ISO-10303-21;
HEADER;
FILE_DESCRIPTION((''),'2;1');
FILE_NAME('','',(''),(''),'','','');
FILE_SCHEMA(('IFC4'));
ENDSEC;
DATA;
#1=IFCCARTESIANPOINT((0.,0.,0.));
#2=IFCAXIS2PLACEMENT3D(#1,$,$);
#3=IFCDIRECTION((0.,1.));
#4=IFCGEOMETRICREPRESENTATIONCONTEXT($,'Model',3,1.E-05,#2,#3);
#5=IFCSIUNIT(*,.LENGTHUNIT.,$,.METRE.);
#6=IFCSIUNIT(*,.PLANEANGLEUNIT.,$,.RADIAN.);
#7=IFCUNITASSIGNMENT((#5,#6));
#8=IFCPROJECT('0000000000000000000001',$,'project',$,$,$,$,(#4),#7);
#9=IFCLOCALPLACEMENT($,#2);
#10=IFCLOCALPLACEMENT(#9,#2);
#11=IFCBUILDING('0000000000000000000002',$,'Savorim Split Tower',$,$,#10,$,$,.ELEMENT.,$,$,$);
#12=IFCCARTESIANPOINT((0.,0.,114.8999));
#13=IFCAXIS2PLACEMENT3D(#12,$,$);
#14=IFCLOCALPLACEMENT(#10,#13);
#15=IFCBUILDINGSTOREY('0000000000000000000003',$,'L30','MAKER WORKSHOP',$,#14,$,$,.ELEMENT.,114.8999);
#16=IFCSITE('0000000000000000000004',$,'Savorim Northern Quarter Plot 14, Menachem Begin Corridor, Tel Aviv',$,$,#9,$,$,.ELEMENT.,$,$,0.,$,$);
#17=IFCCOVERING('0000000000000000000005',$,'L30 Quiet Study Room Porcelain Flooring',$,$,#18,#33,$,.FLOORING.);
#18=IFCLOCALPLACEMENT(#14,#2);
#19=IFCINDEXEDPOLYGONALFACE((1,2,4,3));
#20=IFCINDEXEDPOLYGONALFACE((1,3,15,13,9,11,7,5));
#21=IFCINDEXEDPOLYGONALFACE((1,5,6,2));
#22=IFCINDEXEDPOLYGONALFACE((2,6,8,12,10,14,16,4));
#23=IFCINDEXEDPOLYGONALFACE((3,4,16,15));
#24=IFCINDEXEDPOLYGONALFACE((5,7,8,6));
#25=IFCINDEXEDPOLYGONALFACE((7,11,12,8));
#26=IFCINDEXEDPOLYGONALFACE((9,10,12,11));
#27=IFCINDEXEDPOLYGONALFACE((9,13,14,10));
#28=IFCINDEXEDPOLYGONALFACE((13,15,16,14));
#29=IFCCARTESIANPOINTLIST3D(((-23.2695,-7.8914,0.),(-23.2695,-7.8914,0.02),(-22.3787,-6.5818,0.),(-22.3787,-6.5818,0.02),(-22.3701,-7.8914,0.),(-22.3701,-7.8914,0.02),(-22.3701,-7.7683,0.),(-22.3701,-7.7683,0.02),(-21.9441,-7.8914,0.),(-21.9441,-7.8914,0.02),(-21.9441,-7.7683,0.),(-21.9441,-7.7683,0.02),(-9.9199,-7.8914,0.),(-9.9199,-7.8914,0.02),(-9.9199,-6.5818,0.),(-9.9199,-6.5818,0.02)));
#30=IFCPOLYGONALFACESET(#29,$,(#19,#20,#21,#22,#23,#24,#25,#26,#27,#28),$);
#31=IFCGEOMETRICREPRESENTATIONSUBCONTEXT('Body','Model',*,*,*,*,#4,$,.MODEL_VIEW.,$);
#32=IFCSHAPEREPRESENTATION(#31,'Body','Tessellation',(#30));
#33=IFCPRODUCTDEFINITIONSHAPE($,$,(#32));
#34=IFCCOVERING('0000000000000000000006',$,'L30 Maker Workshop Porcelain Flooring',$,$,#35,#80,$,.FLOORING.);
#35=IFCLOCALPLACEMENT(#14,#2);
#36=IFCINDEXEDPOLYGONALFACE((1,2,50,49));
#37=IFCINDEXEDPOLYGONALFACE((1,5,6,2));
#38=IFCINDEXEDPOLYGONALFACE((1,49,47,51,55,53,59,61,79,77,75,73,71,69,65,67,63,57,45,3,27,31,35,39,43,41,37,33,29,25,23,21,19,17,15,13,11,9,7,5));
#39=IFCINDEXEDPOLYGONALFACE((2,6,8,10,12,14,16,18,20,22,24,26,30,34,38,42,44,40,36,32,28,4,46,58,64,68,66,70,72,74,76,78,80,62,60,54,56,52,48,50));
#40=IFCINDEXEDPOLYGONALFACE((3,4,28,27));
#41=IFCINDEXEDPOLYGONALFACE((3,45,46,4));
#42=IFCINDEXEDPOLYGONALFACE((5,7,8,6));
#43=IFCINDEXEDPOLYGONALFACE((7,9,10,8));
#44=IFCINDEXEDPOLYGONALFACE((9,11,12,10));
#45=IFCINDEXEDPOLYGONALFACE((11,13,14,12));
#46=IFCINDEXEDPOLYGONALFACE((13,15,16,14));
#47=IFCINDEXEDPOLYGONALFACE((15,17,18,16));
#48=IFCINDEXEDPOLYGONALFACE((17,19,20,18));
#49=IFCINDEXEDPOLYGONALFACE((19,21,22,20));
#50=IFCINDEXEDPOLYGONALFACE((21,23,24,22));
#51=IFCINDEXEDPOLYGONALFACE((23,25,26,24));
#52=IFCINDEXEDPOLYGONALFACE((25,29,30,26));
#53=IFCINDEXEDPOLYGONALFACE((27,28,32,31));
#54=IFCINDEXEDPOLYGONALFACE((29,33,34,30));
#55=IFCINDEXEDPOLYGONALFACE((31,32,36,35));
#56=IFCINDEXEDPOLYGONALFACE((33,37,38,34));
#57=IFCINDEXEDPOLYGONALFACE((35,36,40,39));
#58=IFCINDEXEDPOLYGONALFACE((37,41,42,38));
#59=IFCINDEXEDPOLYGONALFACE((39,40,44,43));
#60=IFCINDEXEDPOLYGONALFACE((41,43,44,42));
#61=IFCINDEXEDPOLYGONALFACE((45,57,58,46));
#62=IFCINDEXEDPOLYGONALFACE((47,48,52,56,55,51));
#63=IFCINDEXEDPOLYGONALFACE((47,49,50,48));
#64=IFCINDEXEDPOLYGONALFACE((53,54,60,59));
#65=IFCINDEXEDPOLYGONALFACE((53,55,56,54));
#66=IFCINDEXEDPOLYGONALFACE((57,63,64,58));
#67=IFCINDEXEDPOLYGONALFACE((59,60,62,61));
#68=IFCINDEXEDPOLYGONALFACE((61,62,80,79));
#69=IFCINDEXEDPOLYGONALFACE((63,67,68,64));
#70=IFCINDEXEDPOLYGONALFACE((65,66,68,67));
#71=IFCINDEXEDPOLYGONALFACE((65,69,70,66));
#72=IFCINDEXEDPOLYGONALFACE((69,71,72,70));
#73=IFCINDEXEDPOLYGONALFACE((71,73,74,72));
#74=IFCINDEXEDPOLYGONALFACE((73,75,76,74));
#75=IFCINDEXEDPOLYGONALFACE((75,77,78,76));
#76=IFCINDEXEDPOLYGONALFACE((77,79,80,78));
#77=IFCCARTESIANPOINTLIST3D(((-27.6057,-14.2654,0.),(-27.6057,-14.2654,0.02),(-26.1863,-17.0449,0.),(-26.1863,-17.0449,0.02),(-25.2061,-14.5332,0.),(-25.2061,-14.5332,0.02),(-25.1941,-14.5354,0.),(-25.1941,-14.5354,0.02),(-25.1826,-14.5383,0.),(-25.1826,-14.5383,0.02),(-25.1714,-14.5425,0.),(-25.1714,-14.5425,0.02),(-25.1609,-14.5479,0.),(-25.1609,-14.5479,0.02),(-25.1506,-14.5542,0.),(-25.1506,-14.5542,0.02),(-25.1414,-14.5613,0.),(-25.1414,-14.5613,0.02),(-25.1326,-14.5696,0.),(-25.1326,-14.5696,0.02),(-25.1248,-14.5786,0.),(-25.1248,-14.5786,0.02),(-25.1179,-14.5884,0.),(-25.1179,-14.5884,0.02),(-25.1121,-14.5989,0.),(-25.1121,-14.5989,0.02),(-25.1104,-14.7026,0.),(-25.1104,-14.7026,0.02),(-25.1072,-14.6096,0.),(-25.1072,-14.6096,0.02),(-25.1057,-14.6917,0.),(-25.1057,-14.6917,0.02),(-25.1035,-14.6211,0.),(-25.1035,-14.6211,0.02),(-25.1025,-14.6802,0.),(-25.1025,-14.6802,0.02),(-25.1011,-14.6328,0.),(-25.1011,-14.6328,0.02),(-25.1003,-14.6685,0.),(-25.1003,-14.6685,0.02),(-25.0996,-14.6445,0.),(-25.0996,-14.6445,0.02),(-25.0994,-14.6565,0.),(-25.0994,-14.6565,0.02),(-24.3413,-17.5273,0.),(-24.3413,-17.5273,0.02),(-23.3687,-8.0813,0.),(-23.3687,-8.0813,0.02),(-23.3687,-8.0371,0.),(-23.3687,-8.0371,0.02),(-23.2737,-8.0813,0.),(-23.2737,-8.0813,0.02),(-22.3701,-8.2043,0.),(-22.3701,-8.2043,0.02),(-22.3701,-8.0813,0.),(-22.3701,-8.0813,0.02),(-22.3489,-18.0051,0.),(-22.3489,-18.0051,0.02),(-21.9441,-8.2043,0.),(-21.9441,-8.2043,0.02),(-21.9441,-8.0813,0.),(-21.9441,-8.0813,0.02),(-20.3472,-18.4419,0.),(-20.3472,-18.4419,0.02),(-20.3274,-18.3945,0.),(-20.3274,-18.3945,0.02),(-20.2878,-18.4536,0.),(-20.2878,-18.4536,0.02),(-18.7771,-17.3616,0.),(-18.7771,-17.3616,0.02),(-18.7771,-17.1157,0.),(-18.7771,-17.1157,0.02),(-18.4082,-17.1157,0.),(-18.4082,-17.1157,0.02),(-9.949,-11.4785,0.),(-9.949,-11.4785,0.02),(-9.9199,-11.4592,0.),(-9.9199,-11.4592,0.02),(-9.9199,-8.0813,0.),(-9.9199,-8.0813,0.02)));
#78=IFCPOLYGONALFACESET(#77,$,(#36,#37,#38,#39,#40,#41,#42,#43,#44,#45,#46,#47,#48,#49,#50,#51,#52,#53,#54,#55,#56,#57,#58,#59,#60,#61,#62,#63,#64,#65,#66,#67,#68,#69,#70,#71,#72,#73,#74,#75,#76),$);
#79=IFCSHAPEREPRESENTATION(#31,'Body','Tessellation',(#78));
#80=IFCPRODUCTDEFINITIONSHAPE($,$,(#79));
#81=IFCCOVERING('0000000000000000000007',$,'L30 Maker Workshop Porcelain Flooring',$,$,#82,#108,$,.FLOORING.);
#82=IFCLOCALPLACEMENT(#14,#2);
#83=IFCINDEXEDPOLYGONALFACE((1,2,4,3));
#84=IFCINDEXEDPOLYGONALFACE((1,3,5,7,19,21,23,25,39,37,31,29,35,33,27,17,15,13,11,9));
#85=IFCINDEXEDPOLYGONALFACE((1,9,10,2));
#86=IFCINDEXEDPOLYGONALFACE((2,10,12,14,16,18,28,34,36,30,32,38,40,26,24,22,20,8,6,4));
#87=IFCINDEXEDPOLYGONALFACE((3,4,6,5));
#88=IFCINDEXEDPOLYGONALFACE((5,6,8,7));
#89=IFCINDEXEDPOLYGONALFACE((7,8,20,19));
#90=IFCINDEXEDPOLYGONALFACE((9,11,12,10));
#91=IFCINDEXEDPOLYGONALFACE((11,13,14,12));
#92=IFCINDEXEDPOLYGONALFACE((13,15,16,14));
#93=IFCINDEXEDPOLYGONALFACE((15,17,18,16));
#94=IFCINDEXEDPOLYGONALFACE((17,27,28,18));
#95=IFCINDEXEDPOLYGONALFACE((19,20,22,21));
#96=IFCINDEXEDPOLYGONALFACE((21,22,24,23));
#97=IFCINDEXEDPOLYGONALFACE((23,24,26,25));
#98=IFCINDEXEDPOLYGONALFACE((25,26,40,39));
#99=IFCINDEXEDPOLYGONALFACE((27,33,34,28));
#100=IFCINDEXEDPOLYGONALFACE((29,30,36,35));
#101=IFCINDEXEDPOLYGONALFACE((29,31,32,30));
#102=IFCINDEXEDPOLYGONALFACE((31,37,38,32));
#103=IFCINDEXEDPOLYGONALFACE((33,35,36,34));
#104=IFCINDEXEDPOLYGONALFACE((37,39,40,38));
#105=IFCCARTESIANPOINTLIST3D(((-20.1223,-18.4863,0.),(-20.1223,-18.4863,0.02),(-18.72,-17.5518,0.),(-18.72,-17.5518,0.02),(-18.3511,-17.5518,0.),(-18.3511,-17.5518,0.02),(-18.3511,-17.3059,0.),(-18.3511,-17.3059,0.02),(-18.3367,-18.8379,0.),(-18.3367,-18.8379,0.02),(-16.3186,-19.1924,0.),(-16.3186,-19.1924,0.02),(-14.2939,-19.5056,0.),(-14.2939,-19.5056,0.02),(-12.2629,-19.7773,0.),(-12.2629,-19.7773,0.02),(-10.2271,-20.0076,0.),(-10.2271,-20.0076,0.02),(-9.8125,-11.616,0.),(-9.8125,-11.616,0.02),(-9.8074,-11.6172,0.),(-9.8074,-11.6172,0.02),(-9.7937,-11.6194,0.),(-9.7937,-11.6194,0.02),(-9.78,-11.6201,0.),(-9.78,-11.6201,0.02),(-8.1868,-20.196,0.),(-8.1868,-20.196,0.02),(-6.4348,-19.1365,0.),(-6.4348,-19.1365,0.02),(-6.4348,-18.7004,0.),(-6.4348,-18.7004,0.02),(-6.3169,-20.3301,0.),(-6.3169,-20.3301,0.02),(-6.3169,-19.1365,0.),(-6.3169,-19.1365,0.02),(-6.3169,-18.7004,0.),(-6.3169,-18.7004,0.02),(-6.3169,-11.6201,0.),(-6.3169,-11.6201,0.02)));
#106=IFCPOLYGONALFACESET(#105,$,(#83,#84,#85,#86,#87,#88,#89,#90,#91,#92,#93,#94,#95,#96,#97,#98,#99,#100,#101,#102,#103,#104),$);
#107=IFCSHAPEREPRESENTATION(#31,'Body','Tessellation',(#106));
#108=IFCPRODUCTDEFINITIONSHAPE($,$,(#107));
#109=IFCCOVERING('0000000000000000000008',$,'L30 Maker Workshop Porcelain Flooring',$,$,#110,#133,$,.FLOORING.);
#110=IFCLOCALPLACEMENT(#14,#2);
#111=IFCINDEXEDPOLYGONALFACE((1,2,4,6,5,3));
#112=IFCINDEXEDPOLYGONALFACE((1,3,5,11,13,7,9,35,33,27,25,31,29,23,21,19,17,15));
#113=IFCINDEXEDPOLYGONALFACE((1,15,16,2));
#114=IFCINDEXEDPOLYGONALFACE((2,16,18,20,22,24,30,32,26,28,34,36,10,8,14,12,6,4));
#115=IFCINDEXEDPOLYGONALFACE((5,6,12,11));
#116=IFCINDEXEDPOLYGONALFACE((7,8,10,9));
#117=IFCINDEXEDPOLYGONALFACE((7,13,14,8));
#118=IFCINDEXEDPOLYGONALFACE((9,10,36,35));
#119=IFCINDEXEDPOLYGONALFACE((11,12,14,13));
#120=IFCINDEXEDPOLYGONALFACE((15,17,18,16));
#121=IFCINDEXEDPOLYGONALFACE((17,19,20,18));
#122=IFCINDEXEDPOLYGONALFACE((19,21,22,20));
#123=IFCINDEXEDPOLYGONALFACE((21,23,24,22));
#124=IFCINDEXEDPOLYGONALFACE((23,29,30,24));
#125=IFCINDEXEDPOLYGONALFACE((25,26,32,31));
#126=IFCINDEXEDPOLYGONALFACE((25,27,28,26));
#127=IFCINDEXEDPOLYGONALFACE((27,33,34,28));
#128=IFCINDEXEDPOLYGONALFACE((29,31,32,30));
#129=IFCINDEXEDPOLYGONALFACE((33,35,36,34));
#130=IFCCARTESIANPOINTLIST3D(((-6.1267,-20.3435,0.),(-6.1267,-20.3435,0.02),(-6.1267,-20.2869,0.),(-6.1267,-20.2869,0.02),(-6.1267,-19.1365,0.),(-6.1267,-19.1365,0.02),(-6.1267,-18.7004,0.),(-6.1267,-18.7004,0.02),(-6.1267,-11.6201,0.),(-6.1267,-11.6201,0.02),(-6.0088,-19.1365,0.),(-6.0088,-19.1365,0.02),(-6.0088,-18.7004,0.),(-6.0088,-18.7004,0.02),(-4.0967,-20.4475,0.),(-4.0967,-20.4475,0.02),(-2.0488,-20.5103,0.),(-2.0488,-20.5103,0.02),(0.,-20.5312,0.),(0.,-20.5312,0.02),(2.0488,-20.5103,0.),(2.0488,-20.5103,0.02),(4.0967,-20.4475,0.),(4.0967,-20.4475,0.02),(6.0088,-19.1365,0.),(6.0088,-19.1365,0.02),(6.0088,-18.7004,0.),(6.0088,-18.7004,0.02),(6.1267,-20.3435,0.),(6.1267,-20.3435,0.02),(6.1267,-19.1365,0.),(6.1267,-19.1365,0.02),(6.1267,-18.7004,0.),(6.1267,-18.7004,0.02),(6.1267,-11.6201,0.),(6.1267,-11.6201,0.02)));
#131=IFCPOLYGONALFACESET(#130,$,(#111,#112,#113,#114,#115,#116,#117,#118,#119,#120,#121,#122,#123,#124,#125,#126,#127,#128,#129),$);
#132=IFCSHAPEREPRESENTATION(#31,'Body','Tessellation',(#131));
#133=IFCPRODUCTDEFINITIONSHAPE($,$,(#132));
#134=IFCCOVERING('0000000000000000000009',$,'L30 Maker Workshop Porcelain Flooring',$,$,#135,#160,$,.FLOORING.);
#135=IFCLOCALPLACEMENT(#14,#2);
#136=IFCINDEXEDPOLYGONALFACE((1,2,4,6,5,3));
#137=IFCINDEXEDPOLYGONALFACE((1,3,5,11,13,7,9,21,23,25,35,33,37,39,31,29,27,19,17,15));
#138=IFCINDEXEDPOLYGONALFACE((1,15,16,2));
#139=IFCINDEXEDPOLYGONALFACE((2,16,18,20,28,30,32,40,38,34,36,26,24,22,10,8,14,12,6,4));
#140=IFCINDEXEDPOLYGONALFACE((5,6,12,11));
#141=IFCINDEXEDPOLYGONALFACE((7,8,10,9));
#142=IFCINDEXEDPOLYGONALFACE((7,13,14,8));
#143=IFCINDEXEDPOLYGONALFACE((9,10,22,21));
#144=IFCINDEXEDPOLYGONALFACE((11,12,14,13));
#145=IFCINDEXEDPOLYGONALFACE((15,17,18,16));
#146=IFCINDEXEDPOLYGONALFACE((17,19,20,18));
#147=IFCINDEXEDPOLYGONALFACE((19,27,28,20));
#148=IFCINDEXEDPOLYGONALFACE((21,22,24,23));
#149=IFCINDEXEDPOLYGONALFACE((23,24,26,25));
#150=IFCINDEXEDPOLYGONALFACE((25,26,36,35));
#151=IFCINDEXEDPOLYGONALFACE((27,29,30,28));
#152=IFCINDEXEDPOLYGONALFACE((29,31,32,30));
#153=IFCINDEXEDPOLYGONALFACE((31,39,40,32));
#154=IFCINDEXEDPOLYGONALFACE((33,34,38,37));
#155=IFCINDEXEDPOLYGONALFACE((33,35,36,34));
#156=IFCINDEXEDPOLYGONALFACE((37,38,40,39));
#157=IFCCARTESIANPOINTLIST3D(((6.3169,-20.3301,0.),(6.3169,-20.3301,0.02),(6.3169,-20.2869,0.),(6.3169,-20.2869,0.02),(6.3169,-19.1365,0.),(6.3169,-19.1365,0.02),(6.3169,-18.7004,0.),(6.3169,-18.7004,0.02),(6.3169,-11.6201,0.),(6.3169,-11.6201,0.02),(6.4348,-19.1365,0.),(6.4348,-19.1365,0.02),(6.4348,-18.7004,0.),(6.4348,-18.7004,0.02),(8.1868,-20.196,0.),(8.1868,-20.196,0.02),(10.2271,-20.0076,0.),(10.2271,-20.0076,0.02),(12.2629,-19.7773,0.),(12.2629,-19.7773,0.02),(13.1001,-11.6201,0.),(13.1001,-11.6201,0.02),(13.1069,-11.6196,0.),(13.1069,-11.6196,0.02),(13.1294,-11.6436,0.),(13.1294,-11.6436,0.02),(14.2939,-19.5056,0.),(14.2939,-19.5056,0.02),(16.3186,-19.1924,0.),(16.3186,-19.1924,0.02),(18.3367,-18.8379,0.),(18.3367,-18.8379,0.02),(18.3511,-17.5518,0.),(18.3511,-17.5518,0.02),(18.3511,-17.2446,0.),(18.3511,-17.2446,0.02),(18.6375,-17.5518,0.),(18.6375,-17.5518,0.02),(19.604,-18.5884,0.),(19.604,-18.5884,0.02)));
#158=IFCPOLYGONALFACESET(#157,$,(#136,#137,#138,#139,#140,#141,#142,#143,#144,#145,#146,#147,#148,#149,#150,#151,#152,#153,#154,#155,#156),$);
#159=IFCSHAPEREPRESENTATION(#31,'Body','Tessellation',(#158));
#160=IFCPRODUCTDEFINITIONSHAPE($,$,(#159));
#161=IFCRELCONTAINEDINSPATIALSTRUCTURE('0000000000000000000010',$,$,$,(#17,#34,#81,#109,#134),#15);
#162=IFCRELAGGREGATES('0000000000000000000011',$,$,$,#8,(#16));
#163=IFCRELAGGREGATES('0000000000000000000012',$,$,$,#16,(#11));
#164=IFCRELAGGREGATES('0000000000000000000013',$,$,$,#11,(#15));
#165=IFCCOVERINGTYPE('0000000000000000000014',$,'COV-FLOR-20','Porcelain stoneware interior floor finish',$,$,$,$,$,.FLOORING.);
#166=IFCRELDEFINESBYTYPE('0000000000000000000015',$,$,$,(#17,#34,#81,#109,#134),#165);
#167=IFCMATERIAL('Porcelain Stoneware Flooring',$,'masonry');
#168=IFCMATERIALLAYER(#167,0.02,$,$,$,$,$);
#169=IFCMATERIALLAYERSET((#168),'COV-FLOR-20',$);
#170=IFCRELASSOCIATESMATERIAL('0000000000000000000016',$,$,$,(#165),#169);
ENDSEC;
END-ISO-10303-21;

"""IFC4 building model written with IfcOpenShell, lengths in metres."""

from ifc_helpers import new_model, si_unit, direction, frame, origin, place, context, subcontext, project, spatial, polyline, outline, extrude, material, layer, layer_set, type_object, element, save


model = new_model("IFC4")

# Units and contexts
model_context = context("Model", 3, precision=1e-05, world=origin(), true_north=direction((0.0, 1.0)))
body_context = subcontext(model_context, "Body", "Model", "MODEL_VIEW")
ifc_project = project(units=[si_unit("LENGTHUNIT", "METRE"), si_unit("PLANEANGLEUNIT", "RADIAN")], contexts=[model_context])

# Site, building, storey
site_placement = place(None, origin())
site = spatial("IfcSite", under=ifc_project, at=site_placement, Name="Savorim Northern Quarter Plot 14, Menachem Begin Corridor, Tel Aviv", CompositionType="ELEMENT", RefElevation=0.0)
building_placement = place(site_placement, origin())
building = spatial("IfcBuilding", under=site, at=building_placement, Name="Savorim Split Tower", CompositionType="ELEMENT")
storey_placement = place(building_placement, frame((0.0, 0.0, 114.8999)))
storey = spatial("IfcBuildingStorey", under=building, at=storey_placement, Name="L30", Description="MAKER WORKSHOP", CompositionType="ELEMENT", Elevation=114.8999)

# Coverings
ifc_material = material(Name="Porcelain Stoneware Flooring", Category="masonry")
ifc_layer = layer(ifc_material, 0.02)
ifc_layer_set = layer_set([ifc_layer], Name="COV-FLOR-20")
covering_type = type_object("IfcCoveringType", Name="COV-FLOR-20", Description="Porcelain stoneware interior floor finish", PredefinedType="FLOORING", material=ifc_layer_set)
covering_1_placement = place(storey_placement, origin())
element("IfcCovering", 1, at=covering_1_placement, inside=storey, type_object=covering_type, Name="L30 Quiet Study Room Porcelain Flooring", PredefinedType="FLOORING", context=body_context, shape_type="SweptSolid", body=[
    extrude(outline(polyline([(-21.9441, -7.7683), (-21.9441, -7.8914), (-9.9199, -7.8914), (-9.9199, -6.5818), (-22.3787, -6.5818), (-23.2695, -7.8914), (-22.3701, -7.8914), (-22.3701, -7.7683), (-21.9441, -7.7683)])), origin(), (0.0, 0.0, 1.0), 0.02),
])
covering_2_placement = place(storey_placement, origin())
element("IfcCovering", 2, at=covering_2_placement, inside=storey, type_object=covering_type, Name="L30 Maker Workshop Porcelain Flooring", PredefinedType="FLOORING", context=body_context, shape_type="SweptSolid", body=[
    extrude(outline(polyline([(-25.0996, -14.6445), (-25.0994, -14.6565), (-25.1003, -14.6685), (-25.1025, -14.6802), (-25.1057, -14.6917), (-25.1104, -14.7026), (-26.1863, -17.0449), (-24.3413, -17.5273), (-22.3489, -18.0051), (-20.3472, -18.4419), (-20.2878, -18.4536), (-20.3274, -18.3945), (-18.7771, -17.3616), (-18.7771, -17.1157), (-18.4082, -17.1157), (-9.949, -11.4785), (-9.9199, -11.4592), (-9.9199, -8.0813), (-21.9441, -8.0813), (-21.9441, -8.2043), (-22.3701, -8.2043), (-22.3701, -8.0813), (-23.2737, -8.0813), (-23.3687, -8.0813), (-23.3687, -8.0371), (-27.6057, -14.2654), (-25.2061, -14.5332), (-25.1941, -14.5354), (-25.1826, -14.5383), (-25.1714, -14.5425), (-25.1609, -14.5479), (-25.1506, -14.5542), (-25.1414, -14.5613), (-25.1326, -14.5696), (-25.1248, -14.5786), (-25.1179, -14.5884), (-25.1121, -14.5989), (-25.1072, -14.6096), (-25.1035, -14.6211), (-25.1011, -14.6328), (-25.0996, -14.6445)])), origin(), (0.0, 0.0, 1.0), 0.02),
])
covering_3_placement = place(storey_placement, origin())
element("IfcCovering", 3, at=covering_3_placement, inside=storey, type_object=covering_type, Name="L30 Maker Workshop Porcelain Flooring", PredefinedType="FLOORING", context=body_context, shape_type="SweptSolid", body=[
    extrude(outline(polyline([(-14.2939, -19.5056), (-12.2629, -19.7773), (-10.2271, -20.0076), (-8.1868, -20.196), (-6.3169, -20.3301), (-6.3169, -19.1365), (-6.4348, -19.1365), (-6.4348, -18.7004), (-6.3169, -18.7004), (-6.3169, -11.6201), (-9.78, -11.6201), (-9.7937, -11.6194), (-9.8074, -11.6172), (-9.8125, -11.616), (-18.3511, -17.3059), (-18.3511, -17.5518), (-18.72, -17.5518), (-20.1223, -18.4863), (-18.3367, -18.8379), (-16.3186, -19.1924), (-14.2939, -19.5056)])), origin(), (0.0, 0.0, 1.0), 0.02),
])
covering_4_placement = place(storey_placement, origin())
element("IfcCovering", 4, at=covering_4_placement, inside=storey, type_object=covering_type, Name="L30 Maker Workshop Porcelain Flooring", PredefinedType="FLOORING", context=body_context, shape_type="SweptSolid", body=[
    extrude(outline(polyline([(-2.0488, -20.5103), (0.0, -20.5312), (2.0488, -20.5103), (4.0967, -20.4475), (6.1267, -20.3435), (6.1267, -19.1365), (6.0088, -19.1365), (6.0088, -18.7004), (6.1267, -18.7004), (6.1267, -11.6201), (-6.1267, -11.6201), (-6.1267, -18.7004), (-6.0088, -18.7004), (-6.0088, -19.1365), (-6.1267, -19.1365), (-6.1267, -20.2869), (-6.1267, -20.3435), (-4.0967, -20.4475), (-2.0488, -20.5103)])), origin(), (0.0, 0.0, 1.0), 0.02),
])
covering_5_placement = place(storey_placement, origin())
element("IfcCovering", 5, at=covering_5_placement, inside=storey, type_object=covering_type, Name="L30 Maker Workshop Porcelain Flooring", PredefinedType="FLOORING", context=body_context, shape_type="SweptSolid", body=[
    extrude(outline(polyline([(12.2629, -19.7773), (14.2939, -19.5056), (16.3186, -19.1924), (18.3367, -18.8379), (19.604, -18.5884), (18.6375, -17.5518), (18.3511, -17.5518), (18.3511, -17.2446), (13.1294, -11.6436), (13.1069, -11.6196), (13.1001, -11.6201), (6.3169, -11.6201), (6.3169, -18.7004), (6.4348, -18.7004), (6.4348, -19.1365), (6.3169, -19.1365), (6.3169, -20.2869), (6.3169, -20.3301), (8.1868, -20.196), (10.2271, -20.0076), (12.2629, -19.7773)])), origin(), (0.0, 0.0, 1.0), 0.02),
])

save(model, "model.ifc")
